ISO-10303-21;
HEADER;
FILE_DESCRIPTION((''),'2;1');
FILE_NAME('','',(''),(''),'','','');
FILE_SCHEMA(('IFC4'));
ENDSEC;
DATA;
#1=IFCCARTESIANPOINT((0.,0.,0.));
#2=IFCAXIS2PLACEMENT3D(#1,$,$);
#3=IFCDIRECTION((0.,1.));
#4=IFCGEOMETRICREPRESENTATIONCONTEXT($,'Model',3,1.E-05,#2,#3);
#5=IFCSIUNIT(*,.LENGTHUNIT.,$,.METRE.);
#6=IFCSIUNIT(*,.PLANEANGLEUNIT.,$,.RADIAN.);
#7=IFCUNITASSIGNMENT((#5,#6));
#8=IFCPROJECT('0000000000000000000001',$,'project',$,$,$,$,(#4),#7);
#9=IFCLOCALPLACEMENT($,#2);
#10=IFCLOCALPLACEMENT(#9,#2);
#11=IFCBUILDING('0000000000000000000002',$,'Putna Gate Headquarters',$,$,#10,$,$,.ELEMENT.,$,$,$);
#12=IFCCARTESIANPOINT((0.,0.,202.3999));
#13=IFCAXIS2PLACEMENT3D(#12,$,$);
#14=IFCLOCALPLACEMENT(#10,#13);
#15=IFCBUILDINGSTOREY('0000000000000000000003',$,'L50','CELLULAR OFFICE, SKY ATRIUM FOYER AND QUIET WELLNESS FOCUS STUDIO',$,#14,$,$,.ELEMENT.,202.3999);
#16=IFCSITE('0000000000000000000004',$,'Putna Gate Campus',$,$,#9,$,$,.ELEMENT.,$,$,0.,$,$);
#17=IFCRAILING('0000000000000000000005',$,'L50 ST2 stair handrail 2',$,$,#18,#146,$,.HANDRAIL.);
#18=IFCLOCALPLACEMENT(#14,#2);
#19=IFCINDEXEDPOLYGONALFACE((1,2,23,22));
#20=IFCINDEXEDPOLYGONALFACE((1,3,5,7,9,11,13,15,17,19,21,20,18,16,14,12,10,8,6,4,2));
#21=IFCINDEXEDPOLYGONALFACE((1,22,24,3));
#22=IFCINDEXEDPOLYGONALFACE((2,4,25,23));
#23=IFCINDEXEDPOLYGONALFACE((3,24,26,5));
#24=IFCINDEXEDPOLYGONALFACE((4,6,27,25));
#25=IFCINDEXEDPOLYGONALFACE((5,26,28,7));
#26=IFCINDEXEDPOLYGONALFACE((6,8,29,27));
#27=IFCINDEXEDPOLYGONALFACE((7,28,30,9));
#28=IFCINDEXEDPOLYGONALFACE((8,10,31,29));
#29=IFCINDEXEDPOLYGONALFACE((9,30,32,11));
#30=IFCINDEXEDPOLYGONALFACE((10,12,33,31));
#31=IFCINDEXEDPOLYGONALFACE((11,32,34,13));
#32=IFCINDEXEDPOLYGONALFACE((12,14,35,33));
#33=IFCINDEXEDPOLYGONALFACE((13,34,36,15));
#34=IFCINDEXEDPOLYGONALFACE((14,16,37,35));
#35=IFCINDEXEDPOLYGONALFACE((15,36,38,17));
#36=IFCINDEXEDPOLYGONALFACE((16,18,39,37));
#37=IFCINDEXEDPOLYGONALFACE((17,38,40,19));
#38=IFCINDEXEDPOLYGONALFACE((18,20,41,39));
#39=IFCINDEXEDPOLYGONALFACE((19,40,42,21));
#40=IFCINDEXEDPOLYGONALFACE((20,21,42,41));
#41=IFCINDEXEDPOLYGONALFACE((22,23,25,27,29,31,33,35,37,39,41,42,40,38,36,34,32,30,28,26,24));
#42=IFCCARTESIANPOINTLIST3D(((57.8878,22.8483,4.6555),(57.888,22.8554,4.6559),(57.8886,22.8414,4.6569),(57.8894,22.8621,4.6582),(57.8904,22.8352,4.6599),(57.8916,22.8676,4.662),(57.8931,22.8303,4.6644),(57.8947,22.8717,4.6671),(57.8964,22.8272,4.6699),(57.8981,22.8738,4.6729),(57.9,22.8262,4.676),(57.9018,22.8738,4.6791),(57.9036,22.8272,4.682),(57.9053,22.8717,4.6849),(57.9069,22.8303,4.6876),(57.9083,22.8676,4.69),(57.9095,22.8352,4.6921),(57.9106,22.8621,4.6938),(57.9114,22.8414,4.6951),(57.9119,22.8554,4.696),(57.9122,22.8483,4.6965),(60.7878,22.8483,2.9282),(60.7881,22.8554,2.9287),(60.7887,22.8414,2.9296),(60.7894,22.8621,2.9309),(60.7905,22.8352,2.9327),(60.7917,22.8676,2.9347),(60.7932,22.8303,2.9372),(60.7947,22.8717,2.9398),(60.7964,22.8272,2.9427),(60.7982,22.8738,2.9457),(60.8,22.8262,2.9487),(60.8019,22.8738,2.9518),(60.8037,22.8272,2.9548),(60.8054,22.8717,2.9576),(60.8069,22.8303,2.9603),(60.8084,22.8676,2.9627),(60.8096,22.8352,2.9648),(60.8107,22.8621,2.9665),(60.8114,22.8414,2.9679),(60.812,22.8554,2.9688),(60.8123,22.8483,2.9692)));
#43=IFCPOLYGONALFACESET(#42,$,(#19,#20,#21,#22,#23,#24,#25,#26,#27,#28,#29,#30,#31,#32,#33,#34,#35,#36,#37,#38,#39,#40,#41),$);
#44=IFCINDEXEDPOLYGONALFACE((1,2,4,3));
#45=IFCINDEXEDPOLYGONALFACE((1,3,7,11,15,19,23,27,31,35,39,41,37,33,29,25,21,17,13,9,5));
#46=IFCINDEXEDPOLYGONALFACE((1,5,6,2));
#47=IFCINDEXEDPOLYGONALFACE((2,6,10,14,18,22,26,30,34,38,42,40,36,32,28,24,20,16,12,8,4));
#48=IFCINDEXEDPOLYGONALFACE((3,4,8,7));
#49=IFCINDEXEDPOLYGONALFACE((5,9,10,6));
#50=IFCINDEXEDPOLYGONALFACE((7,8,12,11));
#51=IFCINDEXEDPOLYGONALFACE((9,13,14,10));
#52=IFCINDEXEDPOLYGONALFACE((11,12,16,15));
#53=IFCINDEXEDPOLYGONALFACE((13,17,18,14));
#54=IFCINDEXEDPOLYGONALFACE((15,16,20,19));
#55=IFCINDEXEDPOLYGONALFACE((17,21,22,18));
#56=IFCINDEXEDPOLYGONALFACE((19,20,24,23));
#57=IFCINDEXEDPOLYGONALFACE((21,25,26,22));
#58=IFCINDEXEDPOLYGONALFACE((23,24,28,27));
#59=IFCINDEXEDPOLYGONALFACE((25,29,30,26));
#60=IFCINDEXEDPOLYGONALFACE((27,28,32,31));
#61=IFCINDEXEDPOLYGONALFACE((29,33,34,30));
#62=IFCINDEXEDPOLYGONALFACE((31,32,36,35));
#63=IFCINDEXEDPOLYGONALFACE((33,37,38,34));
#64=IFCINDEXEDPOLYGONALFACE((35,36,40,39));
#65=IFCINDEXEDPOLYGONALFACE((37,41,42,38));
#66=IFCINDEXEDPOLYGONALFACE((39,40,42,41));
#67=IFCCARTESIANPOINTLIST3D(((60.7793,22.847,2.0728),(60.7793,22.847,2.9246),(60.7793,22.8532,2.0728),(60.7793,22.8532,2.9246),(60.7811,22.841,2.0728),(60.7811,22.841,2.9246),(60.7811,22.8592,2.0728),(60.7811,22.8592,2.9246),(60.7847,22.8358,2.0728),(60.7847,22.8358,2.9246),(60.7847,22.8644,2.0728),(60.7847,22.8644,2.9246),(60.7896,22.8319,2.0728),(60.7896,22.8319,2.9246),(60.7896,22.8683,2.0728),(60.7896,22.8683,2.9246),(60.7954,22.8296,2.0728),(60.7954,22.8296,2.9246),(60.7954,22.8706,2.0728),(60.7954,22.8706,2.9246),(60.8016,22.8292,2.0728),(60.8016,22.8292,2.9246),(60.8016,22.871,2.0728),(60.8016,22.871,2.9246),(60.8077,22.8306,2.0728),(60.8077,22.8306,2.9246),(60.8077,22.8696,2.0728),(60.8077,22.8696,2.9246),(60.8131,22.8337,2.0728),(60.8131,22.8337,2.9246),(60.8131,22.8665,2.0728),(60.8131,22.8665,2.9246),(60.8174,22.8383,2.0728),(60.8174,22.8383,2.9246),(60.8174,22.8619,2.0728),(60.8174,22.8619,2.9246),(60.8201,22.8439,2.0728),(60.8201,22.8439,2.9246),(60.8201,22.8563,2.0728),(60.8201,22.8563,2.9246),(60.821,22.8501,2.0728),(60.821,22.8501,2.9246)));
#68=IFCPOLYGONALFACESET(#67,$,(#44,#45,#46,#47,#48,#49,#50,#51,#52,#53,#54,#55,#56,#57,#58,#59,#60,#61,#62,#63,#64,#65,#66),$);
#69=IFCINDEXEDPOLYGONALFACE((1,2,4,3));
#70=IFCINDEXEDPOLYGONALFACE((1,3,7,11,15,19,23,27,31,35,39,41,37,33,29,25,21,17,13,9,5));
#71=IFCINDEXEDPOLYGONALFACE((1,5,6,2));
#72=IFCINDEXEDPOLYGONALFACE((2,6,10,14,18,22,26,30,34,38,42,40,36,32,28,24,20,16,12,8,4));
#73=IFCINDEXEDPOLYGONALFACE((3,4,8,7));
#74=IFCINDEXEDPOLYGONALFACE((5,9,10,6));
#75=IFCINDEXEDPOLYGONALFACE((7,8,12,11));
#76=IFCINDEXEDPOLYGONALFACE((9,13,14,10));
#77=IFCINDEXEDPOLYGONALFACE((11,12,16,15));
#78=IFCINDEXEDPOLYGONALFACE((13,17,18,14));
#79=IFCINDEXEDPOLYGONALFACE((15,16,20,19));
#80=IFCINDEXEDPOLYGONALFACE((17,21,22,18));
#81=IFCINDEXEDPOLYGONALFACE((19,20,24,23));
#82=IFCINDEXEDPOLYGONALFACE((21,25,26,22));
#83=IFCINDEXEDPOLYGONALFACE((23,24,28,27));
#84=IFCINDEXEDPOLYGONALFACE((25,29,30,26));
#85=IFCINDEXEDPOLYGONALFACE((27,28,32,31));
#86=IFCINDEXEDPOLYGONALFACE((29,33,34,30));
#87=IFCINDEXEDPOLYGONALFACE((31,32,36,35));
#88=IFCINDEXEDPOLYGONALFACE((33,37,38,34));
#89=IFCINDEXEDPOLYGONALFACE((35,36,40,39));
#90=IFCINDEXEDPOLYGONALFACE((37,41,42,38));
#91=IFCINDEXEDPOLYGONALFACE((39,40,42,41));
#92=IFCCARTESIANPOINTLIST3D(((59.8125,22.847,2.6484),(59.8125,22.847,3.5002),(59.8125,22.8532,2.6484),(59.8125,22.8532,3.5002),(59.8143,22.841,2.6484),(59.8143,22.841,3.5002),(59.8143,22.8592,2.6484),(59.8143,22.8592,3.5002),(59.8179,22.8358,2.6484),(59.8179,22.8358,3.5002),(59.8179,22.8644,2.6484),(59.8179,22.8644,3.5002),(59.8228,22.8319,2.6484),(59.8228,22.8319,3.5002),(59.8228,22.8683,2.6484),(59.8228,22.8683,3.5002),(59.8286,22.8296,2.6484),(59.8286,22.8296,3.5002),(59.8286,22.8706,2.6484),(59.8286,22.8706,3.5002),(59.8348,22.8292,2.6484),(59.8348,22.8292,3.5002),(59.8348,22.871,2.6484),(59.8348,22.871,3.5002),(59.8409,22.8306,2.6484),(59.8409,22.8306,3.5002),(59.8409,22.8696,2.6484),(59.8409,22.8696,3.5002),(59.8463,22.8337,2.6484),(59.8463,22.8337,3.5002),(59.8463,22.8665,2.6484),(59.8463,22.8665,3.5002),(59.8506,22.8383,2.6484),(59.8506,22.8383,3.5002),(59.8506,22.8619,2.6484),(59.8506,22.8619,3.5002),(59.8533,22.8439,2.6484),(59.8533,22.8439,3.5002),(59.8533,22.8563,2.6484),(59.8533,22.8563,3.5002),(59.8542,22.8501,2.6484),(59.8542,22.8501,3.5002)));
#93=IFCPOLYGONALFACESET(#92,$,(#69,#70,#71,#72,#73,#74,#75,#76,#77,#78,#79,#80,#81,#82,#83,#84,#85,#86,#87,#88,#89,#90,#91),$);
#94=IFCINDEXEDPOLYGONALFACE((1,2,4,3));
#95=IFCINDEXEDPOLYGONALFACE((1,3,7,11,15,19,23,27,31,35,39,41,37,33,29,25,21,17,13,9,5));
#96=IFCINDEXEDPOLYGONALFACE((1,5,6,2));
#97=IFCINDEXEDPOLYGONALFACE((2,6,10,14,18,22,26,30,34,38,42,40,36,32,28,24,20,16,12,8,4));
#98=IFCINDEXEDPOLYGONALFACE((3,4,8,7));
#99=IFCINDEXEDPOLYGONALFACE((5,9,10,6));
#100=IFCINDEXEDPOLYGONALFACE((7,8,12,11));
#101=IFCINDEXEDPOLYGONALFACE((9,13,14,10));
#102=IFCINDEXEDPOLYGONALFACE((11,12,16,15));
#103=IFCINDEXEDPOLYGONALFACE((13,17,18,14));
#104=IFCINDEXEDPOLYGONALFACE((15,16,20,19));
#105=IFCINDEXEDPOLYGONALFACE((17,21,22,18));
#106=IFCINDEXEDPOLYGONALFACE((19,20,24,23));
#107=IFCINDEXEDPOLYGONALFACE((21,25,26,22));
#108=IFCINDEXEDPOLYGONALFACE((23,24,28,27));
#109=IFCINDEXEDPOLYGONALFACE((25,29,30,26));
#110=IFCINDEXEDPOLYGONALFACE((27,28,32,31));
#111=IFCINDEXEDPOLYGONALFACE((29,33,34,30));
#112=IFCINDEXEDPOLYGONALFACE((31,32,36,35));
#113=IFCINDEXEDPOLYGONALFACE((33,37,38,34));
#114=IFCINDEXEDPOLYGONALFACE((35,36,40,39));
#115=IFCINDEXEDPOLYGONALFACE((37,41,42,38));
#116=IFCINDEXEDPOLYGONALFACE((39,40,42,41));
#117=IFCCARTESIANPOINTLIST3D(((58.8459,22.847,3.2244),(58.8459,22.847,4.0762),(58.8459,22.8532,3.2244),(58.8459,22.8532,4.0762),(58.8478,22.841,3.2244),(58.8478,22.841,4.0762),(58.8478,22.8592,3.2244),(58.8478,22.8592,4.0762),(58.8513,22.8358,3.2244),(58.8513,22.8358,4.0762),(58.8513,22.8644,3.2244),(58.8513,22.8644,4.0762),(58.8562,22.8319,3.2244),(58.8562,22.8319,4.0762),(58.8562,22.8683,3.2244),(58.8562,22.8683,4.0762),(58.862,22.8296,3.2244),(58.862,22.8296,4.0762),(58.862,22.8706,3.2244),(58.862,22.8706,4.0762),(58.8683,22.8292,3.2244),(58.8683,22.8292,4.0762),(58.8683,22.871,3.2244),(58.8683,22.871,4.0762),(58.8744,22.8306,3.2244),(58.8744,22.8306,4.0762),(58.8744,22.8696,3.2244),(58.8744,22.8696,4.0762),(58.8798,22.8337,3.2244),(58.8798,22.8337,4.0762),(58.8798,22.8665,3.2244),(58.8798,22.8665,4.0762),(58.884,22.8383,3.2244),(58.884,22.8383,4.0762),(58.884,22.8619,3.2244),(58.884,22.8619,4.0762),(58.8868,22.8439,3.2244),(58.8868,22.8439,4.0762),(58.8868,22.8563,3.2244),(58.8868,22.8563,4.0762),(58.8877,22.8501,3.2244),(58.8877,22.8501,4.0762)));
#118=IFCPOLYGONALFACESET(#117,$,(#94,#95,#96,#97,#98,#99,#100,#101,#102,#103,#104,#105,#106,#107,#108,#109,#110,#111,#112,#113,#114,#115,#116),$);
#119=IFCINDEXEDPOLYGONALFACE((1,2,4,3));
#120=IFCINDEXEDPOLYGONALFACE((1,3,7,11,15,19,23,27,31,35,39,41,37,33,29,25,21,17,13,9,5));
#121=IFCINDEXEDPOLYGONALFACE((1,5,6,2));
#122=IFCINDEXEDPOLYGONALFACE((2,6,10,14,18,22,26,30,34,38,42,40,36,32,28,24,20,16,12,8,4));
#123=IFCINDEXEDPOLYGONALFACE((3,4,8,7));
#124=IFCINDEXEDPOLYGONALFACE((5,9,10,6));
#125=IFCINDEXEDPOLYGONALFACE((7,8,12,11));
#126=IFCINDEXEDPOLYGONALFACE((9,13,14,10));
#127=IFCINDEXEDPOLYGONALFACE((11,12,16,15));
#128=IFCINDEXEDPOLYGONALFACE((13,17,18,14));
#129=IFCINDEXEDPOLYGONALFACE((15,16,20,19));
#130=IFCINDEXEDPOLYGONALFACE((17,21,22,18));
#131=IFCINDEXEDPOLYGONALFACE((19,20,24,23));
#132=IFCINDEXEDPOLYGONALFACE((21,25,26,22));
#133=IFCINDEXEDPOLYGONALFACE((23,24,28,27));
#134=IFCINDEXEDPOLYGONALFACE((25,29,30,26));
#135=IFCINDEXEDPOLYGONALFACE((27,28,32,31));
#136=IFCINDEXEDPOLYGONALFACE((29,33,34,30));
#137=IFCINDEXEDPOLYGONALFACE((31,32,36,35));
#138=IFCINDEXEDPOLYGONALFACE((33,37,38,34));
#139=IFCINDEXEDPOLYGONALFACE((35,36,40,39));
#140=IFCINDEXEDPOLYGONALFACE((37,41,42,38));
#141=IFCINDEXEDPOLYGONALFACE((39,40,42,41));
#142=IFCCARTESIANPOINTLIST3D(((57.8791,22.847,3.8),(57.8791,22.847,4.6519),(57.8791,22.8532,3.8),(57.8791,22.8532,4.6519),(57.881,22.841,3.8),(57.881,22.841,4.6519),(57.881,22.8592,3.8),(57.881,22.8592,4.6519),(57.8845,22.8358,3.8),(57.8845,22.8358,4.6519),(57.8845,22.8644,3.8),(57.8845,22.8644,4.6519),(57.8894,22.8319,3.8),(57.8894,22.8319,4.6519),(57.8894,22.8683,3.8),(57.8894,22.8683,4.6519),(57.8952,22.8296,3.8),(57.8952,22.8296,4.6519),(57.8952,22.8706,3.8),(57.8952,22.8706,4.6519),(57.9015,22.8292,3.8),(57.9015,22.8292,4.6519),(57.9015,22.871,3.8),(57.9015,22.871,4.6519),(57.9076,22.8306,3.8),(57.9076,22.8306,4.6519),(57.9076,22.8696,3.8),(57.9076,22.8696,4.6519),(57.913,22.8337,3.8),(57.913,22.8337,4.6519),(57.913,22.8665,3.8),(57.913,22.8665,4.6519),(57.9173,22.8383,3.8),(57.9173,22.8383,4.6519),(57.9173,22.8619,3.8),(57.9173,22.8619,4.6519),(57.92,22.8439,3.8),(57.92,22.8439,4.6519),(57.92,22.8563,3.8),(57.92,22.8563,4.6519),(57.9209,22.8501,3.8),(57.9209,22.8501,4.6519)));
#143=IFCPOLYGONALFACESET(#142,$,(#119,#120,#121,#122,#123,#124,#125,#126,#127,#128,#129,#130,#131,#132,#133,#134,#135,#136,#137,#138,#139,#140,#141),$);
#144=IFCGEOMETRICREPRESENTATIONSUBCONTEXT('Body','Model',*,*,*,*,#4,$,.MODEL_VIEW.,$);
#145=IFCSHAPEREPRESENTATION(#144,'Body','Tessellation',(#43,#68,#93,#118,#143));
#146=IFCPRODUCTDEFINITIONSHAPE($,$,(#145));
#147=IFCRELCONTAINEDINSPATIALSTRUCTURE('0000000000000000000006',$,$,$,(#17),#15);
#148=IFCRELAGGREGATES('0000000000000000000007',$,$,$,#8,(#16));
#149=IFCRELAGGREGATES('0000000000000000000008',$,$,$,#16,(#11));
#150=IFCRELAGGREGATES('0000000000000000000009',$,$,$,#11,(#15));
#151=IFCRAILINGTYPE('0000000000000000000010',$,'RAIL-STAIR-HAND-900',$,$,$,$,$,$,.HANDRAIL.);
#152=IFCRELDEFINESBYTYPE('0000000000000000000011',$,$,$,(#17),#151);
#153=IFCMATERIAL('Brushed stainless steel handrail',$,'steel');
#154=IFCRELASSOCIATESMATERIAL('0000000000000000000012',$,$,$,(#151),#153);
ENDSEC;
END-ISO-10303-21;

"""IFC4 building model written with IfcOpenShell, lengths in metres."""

from ifc_helpers import new_model, si_unit, direction, frame, origin, origin_2d, place, context, subcontext, project, spatial, circle, extrude, material, type_object, element, save


model = new_model("IFC4")

# Units and contexts
model_context = context("Model", 3, precision=1e-05, world=origin(), true_north=direction((0.0, 1.0)))
body_context = subcontext(model_context, "Body", "Model", "MODEL_VIEW")
ifc_project = project(units=[si_unit("LENGTHUNIT", "METRE"), si_unit("PLANEANGLEUNIT", "RADIAN")], contexts=[model_context])

# Site, building, storey
site_placement = place(None, origin())
site = spatial("IfcSite", under=ifc_project, at=site_placement, Name="Putna Gate Campus", CompositionType="ELEMENT", RefElevation=0.0)
building_placement = place(site_placement, origin())
building = spatial("IfcBuilding", under=site, at=building_placement, Name="Putna Gate Headquarters", CompositionType="ELEMENT")
storey_placement = place(building_placement, frame((0.0, 0.0, 202.3999)))
storey = spatial("IfcBuildingStorey", under=building, at=storey_placement, Name="L50", Description="CELLULAR OFFICE, SKY ATRIUM FOYER AND QUIET WELLNESS FOCUS STUDIO", CompositionType="ELEMENT", Elevation=202.3999)

# Railing
ifc_material_1 = material(Name="Brushed stainless steel handrail", Category="steel")
railing_type_1 = type_object("IfcRailingType", Name="RAIL-STAIR-HAND-900", PredefinedType="HANDRAIL", material=ifc_material_1)
railing_1_placement = place(storey_placement, frame((60.8, 22.8501, 2.0728)))
element("IfcRailing", 1, at=railing_1_placement, inside=storey, type_object=railing_type_1, Name="L50 ST2 stair handrail 2", PredefinedType="HANDRAIL", context=body_context, shape_type="SweptSolid", body=[
    extrude(circle(Radius=0.0239, at=origin_2d()), frame((0.0, 0.0, 0.876), z_axis=(-0.85916, 0.0, 0.511706), x_axis=(0.0, -1.0, 0.0)), (0.0, 0.0, 1.0), 3.3755),
    extrude(circle(Radius=0.021, at=origin_2d()), origin(), (0.0, 0.0, 1.0), 0.8518),
    extrude(circle(Radius=0.021, at=origin_2d()), frame((-0.9668, 0.0, 0.5757)), (0.0, 0.0, 1.0), 0.8518),
    extrude(circle(Radius=0.021, at=origin_2d()), frame((-1.9333, 0.0, 1.1516)), (0.0, 0.0, 1.0), 0.8518),
    extrude(circle(Radius=0.021, at=origin_2d()), frame((-2.9001, 0.0, 1.7273)), (0.0, 0.0, 1.0), 0.8518),
])

save(model, "model.ifc")
